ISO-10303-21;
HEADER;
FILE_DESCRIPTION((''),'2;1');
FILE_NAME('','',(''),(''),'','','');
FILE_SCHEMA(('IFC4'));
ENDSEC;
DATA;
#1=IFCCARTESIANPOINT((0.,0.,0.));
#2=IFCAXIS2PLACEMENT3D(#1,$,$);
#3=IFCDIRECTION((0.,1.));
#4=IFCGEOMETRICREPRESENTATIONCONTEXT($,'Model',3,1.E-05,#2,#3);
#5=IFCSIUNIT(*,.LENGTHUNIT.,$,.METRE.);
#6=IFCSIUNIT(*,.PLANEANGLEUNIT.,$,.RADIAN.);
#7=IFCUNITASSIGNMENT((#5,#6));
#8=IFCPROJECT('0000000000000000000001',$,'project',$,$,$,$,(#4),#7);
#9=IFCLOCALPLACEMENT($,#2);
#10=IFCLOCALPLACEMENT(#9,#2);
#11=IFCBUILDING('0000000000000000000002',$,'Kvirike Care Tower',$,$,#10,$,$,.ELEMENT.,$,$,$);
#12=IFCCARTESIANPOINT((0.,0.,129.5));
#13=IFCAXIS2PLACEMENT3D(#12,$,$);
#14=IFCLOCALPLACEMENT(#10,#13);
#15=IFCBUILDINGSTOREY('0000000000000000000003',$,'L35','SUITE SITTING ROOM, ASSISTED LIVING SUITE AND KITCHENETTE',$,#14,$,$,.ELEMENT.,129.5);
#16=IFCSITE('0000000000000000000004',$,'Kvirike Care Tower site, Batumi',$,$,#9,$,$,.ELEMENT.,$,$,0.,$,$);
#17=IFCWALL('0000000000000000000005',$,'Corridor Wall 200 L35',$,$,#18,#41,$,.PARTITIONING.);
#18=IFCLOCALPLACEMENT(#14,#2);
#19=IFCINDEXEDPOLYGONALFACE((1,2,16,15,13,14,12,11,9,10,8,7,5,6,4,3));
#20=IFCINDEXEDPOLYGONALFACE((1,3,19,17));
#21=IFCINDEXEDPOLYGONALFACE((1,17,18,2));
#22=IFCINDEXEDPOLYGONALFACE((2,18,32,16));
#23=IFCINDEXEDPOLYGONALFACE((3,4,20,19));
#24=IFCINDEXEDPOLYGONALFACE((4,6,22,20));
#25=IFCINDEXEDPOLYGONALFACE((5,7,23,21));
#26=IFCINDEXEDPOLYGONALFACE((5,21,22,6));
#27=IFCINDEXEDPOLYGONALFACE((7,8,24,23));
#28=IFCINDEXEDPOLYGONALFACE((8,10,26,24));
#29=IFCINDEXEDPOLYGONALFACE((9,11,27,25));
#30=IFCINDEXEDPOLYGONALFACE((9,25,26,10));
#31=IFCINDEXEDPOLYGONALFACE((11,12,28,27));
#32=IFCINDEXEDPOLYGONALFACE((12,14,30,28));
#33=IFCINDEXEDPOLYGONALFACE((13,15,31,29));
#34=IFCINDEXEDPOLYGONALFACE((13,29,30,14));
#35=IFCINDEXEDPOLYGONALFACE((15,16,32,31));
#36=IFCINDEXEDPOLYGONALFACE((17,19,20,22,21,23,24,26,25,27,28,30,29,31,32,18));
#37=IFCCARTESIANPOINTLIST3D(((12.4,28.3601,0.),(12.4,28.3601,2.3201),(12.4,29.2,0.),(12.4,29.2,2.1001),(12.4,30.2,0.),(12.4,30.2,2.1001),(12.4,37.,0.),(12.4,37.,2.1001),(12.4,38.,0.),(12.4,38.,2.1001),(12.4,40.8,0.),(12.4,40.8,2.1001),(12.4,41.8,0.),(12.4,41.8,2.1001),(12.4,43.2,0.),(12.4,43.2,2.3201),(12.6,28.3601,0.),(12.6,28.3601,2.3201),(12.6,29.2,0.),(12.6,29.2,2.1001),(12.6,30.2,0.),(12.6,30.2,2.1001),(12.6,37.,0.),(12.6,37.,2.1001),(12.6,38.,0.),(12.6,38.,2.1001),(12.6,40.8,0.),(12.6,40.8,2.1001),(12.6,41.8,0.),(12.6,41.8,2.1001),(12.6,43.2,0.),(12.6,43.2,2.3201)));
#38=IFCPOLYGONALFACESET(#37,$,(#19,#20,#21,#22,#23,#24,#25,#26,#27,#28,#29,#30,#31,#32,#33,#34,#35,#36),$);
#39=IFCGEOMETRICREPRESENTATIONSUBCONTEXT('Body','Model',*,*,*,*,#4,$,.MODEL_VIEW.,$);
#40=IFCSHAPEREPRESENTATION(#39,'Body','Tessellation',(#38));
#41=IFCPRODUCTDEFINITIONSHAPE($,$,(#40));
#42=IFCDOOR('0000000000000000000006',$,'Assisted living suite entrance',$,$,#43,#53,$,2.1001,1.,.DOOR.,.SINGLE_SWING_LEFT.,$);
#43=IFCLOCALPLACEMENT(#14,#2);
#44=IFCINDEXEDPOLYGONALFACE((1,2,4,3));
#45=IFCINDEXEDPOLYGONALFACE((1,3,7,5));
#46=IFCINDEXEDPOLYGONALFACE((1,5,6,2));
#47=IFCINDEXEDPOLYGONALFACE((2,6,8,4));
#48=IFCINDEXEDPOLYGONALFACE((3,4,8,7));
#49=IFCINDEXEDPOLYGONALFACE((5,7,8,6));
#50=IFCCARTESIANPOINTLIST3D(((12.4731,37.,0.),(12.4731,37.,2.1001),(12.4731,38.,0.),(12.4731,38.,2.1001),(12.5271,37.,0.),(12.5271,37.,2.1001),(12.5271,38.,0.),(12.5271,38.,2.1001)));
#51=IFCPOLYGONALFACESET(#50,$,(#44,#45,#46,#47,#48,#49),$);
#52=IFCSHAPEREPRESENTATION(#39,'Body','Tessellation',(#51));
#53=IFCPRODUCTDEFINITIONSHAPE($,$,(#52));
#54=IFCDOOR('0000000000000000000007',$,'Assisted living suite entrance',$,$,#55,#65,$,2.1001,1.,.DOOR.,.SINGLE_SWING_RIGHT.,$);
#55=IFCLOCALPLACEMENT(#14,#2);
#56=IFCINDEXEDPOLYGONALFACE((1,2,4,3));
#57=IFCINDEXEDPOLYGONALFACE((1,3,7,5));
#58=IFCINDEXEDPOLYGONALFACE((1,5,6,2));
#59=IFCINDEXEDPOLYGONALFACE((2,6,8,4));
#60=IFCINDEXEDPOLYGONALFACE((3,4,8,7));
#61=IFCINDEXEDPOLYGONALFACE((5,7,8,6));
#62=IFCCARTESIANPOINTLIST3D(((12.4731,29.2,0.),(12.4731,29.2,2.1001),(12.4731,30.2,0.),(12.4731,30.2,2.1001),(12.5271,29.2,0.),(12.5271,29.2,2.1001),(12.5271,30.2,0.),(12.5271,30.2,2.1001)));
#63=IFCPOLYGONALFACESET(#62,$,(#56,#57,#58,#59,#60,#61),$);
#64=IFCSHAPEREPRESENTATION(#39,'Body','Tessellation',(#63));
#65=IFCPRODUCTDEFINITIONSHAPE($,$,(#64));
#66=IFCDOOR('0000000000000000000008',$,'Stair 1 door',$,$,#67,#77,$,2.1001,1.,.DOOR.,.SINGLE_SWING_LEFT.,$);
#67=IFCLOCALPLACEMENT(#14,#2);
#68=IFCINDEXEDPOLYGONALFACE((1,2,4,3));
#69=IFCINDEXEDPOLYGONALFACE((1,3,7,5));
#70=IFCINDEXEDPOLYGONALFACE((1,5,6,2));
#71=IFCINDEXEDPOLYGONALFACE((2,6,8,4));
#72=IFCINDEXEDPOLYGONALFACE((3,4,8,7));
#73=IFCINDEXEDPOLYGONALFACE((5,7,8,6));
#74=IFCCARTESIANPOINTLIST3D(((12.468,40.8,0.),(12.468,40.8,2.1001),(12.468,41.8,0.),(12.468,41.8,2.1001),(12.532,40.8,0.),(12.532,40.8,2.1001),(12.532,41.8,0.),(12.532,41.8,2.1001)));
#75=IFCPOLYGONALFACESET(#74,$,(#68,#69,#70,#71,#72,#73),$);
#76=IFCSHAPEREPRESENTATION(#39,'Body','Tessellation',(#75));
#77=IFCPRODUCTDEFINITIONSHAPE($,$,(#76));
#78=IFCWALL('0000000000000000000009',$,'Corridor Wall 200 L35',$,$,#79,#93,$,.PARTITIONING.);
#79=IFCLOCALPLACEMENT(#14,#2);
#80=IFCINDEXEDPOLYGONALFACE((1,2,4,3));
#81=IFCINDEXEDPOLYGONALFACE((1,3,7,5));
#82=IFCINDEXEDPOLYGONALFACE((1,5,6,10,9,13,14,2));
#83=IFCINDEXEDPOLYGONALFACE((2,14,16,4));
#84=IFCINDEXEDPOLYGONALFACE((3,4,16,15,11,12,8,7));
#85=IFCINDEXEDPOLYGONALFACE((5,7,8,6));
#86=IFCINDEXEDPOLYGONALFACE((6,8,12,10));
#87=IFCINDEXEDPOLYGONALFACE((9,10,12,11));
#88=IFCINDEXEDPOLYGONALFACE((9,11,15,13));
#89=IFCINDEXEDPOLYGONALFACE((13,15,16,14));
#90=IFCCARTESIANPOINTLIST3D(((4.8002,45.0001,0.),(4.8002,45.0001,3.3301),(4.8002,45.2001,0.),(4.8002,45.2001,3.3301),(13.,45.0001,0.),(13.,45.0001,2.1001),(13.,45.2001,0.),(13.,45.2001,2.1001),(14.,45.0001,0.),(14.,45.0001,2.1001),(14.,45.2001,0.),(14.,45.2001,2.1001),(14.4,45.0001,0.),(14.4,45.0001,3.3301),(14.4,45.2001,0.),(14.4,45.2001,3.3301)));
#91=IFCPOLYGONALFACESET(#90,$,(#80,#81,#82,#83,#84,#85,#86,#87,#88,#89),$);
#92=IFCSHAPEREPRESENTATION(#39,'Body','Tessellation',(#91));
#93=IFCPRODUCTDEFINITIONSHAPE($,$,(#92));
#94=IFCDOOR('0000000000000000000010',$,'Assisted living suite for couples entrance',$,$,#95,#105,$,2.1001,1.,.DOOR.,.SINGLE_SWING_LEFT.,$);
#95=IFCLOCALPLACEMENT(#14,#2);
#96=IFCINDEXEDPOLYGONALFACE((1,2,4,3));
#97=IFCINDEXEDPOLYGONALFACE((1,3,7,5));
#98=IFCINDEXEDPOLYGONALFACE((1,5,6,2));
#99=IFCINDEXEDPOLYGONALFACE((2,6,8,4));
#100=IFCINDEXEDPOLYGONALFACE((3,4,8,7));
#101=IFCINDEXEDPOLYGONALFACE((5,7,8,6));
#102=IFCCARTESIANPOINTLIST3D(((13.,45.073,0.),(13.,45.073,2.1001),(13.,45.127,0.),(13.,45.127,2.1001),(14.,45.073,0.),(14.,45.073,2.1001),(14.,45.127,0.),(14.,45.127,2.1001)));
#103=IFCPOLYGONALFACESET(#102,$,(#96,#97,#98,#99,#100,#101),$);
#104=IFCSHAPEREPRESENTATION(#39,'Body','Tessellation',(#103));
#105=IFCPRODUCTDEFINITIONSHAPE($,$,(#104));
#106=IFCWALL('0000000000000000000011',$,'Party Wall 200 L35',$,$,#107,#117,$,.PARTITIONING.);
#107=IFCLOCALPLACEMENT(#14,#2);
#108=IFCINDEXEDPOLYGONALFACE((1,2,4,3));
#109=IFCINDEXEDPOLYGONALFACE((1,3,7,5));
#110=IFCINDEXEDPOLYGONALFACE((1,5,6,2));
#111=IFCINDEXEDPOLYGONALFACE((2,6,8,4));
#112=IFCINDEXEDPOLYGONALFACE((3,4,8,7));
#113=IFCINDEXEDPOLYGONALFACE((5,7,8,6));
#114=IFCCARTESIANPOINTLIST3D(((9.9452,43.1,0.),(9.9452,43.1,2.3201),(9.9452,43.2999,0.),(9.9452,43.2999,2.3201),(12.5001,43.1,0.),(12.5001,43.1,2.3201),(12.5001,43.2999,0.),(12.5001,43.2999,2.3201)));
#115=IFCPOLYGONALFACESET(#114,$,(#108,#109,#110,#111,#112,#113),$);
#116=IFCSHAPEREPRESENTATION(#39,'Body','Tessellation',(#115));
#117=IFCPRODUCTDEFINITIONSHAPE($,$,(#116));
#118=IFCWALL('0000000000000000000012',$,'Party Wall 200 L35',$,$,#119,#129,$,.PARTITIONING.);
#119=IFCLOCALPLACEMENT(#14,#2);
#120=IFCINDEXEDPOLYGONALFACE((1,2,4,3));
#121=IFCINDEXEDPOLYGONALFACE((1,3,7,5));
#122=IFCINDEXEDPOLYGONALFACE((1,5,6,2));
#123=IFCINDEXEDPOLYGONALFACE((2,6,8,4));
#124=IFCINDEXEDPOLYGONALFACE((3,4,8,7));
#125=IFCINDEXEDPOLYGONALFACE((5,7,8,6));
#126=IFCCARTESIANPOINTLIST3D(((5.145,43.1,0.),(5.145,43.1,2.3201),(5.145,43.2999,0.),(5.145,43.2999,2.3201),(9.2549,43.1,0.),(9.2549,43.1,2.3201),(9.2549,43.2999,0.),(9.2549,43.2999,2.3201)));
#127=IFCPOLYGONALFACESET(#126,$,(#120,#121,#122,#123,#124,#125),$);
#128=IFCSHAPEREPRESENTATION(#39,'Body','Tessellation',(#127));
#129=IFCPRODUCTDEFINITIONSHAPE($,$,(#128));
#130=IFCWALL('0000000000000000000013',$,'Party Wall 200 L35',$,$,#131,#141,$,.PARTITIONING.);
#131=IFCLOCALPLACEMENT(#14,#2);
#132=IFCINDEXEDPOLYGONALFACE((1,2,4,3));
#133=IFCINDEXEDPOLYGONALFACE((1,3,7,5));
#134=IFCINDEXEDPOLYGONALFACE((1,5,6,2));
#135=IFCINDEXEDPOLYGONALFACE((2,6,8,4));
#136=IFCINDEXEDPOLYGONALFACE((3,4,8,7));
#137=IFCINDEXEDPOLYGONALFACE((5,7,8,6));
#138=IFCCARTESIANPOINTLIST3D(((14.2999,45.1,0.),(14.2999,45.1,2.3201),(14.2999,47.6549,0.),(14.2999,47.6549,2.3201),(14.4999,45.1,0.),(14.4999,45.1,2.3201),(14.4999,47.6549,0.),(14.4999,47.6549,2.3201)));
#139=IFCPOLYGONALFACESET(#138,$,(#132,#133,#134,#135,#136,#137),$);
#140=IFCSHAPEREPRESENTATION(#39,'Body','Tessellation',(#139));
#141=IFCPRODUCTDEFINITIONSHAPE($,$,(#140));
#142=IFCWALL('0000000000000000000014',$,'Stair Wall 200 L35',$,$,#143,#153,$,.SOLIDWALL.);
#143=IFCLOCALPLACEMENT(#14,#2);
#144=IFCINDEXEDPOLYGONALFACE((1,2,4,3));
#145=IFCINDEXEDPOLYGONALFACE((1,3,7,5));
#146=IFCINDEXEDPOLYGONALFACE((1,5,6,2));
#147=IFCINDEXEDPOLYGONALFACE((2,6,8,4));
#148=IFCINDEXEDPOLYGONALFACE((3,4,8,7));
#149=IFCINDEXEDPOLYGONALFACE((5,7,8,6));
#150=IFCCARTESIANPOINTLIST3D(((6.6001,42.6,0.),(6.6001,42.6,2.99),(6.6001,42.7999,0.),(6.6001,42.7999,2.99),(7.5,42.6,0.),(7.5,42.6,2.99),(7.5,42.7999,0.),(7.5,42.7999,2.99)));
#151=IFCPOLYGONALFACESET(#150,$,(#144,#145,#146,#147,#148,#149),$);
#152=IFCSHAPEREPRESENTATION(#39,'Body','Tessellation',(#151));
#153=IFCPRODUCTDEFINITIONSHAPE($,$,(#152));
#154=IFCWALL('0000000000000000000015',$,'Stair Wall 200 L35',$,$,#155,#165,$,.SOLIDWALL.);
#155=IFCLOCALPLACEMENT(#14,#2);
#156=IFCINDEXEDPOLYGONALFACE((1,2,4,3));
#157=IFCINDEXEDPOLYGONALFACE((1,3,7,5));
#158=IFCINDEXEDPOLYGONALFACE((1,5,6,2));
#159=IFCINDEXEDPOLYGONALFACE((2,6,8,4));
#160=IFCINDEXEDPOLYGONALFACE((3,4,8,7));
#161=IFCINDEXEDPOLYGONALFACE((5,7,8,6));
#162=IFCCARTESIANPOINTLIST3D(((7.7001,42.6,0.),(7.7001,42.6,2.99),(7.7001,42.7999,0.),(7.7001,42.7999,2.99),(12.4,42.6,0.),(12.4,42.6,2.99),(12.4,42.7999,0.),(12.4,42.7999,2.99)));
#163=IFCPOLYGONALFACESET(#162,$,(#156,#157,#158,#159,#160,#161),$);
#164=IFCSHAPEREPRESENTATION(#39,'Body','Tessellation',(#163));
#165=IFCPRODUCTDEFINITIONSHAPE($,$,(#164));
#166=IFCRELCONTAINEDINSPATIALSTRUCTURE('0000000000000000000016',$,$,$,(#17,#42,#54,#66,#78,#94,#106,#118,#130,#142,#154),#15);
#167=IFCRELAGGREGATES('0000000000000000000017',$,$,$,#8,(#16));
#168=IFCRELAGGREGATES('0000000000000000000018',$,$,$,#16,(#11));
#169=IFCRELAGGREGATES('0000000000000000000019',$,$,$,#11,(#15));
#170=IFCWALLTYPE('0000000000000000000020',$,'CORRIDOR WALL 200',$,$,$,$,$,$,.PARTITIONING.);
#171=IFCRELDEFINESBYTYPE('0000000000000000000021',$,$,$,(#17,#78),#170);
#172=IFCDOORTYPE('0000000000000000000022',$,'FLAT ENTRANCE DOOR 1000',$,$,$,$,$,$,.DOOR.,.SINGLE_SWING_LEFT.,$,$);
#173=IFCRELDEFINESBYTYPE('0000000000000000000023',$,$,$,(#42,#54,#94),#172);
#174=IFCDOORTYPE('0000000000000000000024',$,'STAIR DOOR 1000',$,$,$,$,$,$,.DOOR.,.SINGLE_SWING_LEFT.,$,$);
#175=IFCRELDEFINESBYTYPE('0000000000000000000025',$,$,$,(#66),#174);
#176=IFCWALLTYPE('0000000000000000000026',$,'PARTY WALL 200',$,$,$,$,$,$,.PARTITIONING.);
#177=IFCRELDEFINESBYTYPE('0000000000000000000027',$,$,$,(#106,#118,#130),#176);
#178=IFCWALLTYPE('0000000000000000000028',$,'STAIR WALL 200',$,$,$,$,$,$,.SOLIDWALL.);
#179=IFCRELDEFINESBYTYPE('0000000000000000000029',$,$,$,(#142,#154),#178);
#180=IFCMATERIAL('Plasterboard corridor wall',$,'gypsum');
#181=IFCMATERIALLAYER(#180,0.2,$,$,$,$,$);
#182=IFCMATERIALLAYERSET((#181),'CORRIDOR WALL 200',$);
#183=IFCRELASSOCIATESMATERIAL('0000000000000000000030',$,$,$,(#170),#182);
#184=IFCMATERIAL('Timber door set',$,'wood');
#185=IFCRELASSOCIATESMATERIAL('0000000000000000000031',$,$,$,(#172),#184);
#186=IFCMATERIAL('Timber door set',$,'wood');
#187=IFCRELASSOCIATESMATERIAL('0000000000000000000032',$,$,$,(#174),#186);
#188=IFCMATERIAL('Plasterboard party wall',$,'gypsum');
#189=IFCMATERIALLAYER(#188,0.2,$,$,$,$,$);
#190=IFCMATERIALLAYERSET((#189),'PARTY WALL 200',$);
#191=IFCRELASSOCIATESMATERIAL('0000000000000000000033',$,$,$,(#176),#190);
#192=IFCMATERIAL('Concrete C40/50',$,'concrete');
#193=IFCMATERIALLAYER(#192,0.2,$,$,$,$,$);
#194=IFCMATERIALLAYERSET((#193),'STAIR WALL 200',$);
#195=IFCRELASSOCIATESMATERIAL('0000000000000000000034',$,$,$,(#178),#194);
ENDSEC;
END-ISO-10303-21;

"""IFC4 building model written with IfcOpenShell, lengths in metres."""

from ifc_helpers import new_model, si_unit, direction, frame, frame_2d, origin, place, context, subcontext, project, spatial, rectangle, extrude, material, layer, layer_set, type_object, element, fill, save


model = new_model("IFC4")

# Units and contexts
model_context = context("Model", 3, precision=1e-05, world=origin(), true_north=direction((0.0, 1.0)))
body_context = subcontext(model_context, "Body", "Model", "MODEL_VIEW")
ifc_project = project(units=[si_unit("LENGTHUNIT", "METRE"), si_unit("PLANEANGLEUNIT", "RADIAN")], contexts=[model_context])

# Site, building, storey
site_placement = place(None, origin())
site = spatial("IfcSite", under=ifc_project, at=site_placement, Name="Kvirike Care Tower site, Batumi", CompositionType="ELEMENT", RefElevation=0.0)
building_placement = place(site_placement, origin())
building = spatial("IfcBuilding", under=site, at=building_placement, Name="Kvirike Care Tower", CompositionType="ELEMENT")
storey_placement = place(building_placement, frame((0.0, 0.0, 129.5)))
storey = spatial("IfcBuildingStorey", under=building, at=storey_placement, Name="L35", Description="SUITE SITTING ROOM, ASSISTED LIVING SUITE AND KITCHENETTE", CompositionType="ELEMENT", Elevation=129.5)

# Wall, openings, doors
ifc_material_1 = material(Name="Plasterboard corridor wall", Category="gypsum")
ifc_layer_1 = layer(ifc_material_1, 0.2)
ifc_layer_set_1 = layer_set([ifc_layer_1], Name="CORRIDOR WALL 200")
wall_type_1 = type_object("IfcWallType", Name="CORRIDOR WALL 200", PredefinedType="PARTITIONING", material=ifc_layer_set_1)
wall_1_placement = place(storey_placement, frame((12.5, 43.2, 0.0), z_axis=(0.0, 0.0, 1.0), x_axis=(0.0, -1.0, 0.0)))
wall_1 = element("IfcWall", 1, at=wall_1_placement, inside=storey, type_object=wall_type_1, Name="Corridor Wall 200 L35", PredefinedType="PARTITIONING", context=body_context, shape_type="SweptSolid", body=[
    extrude(rectangle(XDim=14.8398, YDim=0.2, at=frame_2d((7.4199, 0.0))), origin(), (0.0, 0.0, 1.0), 2.3201),
])
opening_1_placement = place(wall_1_placement, frame((1.3999, 0.0, 0.0)))
opening_1 = element("IfcOpeningElement", 2, at=opening_1_placement, cuts=wall_1, PredefinedType="OPENING", context=body_context, shape_type="SweptSolid", body=[
    extrude(rectangle(XDim=1.0, YDim=2.1001, at=frame_2d((0.5, 1.05))), frame((0.0, 0.1106, 0.0), z_axis=(0.0, -1.0, 0.0), x_axis=(1.0, 0.0, 0.0)), (0.0, 0.0, 1.0), 0.2209),
])
opening_2_placement = place(wall_1_placement, frame((5.2, 0.0, 0.0)))
opening_2 = element("IfcOpeningElement", 3, at=opening_2_placement, cuts=wall_1, PredefinedType="OPENING", context=body_context, shape_type="SweptSolid", body=[
    extrude(rectangle(XDim=1.0, YDim=2.1001, at=frame_2d((0.5, 1.05))), frame((0.0, 0.1106, 0.0), z_axis=(0.0, -1.0, 0.0), x_axis=(1.0, 0.0, 0.0)), (0.0, 0.0, 1.0), 0.2209),
])
opening_3_placement = place(wall_1_placement, frame((13.0, 0.0, 0.0)))
opening_3 = element("IfcOpeningElement", 4, at=opening_3_placement, cuts=wall_1, PredefinedType="OPENING", context=body_context, shape_type="SweptSolid", body=[
    extrude(rectangle(XDim=1.0, YDim=2.1001, at=frame_2d((0.5, 1.05))), frame((0.0, 0.1106, 0.0), z_axis=(0.0, -1.0, 0.0), x_axis=(1.0, 0.0, 0.0)), (0.0, 0.0, 1.0), 0.2209),
])
ifc_material_2 = material(Name="Timber door set", Category="wood")
door_type_1 = type_object("IfcDoorType", Name="FLAT ENTRANCE DOOR 1000", OperationType="SINGLE_SWING_LEFT", PredefinedType="DOOR", material=ifc_material_2)
door_1_placement = place(opening_2_placement, frame((1.0, 0.0, 0.0), z_axis=(0.0, 0.0, 1.0), x_axis=(-1.0, 0.0, 0.0)))
door_1 = element("IfcDoor", 5, at=door_1_placement, inside=storey, type_object=door_type_1, Name="Assisted living suite entrance", OperationType="SINGLE_SWING_LEFT", OverallHeight=2.1001, OverallWidth=1.0, PredefinedType="DOOR", context=body_context, shape_type="SweptSolid", body=[
    extrude(rectangle(XDim=1.0, YDim=2.1001, at=frame_2d((0.5, 1.05))), frame((0.0, 0.0269, 0.0), z_axis=(0.0, -1.0, 0.0), x_axis=(1.0, 0.0, 0.0)), (0.0, 0.0, 1.0), 0.054),
])
fill(opening_2, door_1)
door_2_placement = place(opening_3_placement, frame((1.0, 0.0, 0.0), z_axis=(0.0, 0.0, 1.0), x_axis=(-1.0, 0.0, 0.0)))
door_2 = element("IfcDoor", 6, at=door_2_placement, inside=storey, type_object=door_type_1, Name="Assisted living suite entrance", OperationType="SINGLE_SWING_RIGHT", OverallHeight=2.1001, OverallWidth=1.0, PredefinedType="DOOR", context=body_context, shape_type="SweptSolid", body=[
    extrude(rectangle(XDim=1.0, YDim=2.1001, at=frame_2d((0.5, 1.05))), frame((0.0, 0.0269, 0.0), z_axis=(0.0, -1.0, 0.0), x_axis=(1.0, 0.0, 0.0)), (0.0, 0.0, 1.0), 0.054),
])
fill(opening_3, door_2)
ifc_material_3 = material(Name="Timber door set", Category="wood")
door_type_2 = type_object("IfcDoorType", Name="STAIR DOOR 1000", OperationType="SINGLE_SWING_LEFT", PredefinedType="DOOR", material=ifc_material_3)
door_3_placement = place(opening_1_placement, frame((1.0, 0.0, 0.0), z_axis=(0.0, 0.0, 1.0), x_axis=(-1.0, 0.0, 0.0)))
door_3 = element("IfcDoor", 7, at=door_3_placement, inside=storey, type_object=door_type_2, Name="Stair 1 door", OperationType="SINGLE_SWING_LEFT", OverallHeight=2.1001, OverallWidth=1.0, PredefinedType="DOOR", context=body_context, shape_type="SweptSolid", body=[
    extrude(rectangle(XDim=1.0, YDim=2.1001, at=frame_2d((0.5, 1.05))), frame((0.0, 0.032, 0.0), z_axis=(0.0, -1.0, 0.0), x_axis=(1.0, 0.0, 0.0)), (0.0, 0.0, 1.0), 0.064),
])
fill(opening_1, door_3)

# Wall, opening, door
wall_2_placement = place(storey_placement, frame((14.3999, 45.1001, 0.0), z_axis=(0.0, 0.0, 1.0), x_axis=(-1.0, 0.0, 0.0)))
wall_2 = element("IfcWall", 8, at=wall_2_placement, inside=storey, type_object=wall_type_1, Name="Corridor Wall 200 L35", PredefinedType="PARTITIONING", context=body_context, shape_type="SweptSolid", body=[
    extrude(rectangle(XDim=9.5999, YDim=0.2, at=frame_2d((4.7998, 0.0))), origin(), (0.0, 0.0, 1.0), 3.3301),
])
opening_4_placement = place(wall_2_placement, frame((0.3999, 0.0, 0.0)))
opening_4 = element("IfcOpeningElement", 9, at=opening_4_placement, cuts=wall_2, PredefinedType="OPENING", context=body_context, shape_type="SweptSolid", body=[
    extrude(rectangle(XDim=1.0, YDim=2.1001, at=frame_2d((0.5, 1.05))), frame((0.0, 0.1106, 0.0), z_axis=(0.0, -1.0, 0.0), x_axis=(1.0, 0.0, 0.0)), (0.0, 0.0, 1.0), 0.2209),
])
door_4_placement = place(opening_4_placement, frame((1.0, 0.0, 0.0), z_axis=(0.0, 0.0, 1.0), x_axis=(-1.0, 0.0, 0.0)))
door_4 = element("IfcDoor", 10, at=door_4_placement, inside=storey, type_object=door_type_1, Name="Assisted living suite for couples entrance", OperationType="SINGLE_SWING_LEFT", OverallHeight=2.1001, OverallWidth=1.0, PredefinedType="DOOR", context=body_context, shape_type="SweptSolid", body=[
    extrude(rectangle(XDim=1.0, YDim=2.1001, at=frame_2d((0.5, 1.05))), frame((0.0, 0.0269, 0.0), z_axis=(0.0, -1.0, 0.0), x_axis=(1.0, 0.0, 0.0)), (0.0, 0.0, 1.0), 0.054),
])
fill(opening_4, door_4)

# Walls
ifc_material_4 = material(Name="Plasterboard party wall", Category="gypsum")
ifc_layer_2 = layer(ifc_material_4, 0.2)
ifc_layer_set_2 = layer_set([ifc_layer_2], Name="PARTY WALL 200")
wall_type_2 = type_object("IfcWallType", Name="PARTY WALL 200", PredefinedType="PARTITIONING", material=ifc_layer_set_2)
wall_3_placement = place(storey_placement, frame((12.5, 43.2, 0.0), z_axis=(0.0, 0.0, 1.0), x_axis=(-1.0, 0.0, 0.0)))
element("IfcWall", 11, at=wall_3_placement, inside=storey, type_object=wall_type_2, Name="Party Wall 200 L35", PredefinedType="PARTITIONING", context=body_context, shape_type="SweptSolid", body=[
    extrude(rectangle(XDim=2.5549, YDim=0.2, at=frame_2d((1.2773, 0.0))), origin(), (0.0, 0.0, 1.0), 2.3201),
])
wall_4_placement = place(storey_placement, frame((9.2549, 43.2, 0.0), z_axis=(0.0, 0.0, 1.0), x_axis=(-1.0, 0.0, 0.0)))
element("IfcWall", 12, at=wall_4_placement, inside=storey, type_object=wall_type_2, Name="Party Wall 200 L35", PredefinedType="PARTITIONING", context=body_context, shape_type="SweptSolid", body=[
    extrude(rectangle(XDim=4.1099, YDim=0.2, at=frame_2d((2.0549, 0.0))), origin(), (0.0, 0.0, 1.0), 2.3201),
])
wall_5_placement = place(storey_placement, frame((14.3999, 45.1001, 0.0), z_axis=(0.0, 0.0, 1.0), x_axis=(0.0, 1.0, 0.0)))
element("IfcWall", 13, at=wall_5_placement, inside=storey, type_object=wall_type_2, Name="Party Wall 200 L35", PredefinedType="PARTITIONING", context=body_context, shape_type="SweptSolid", body=[
    extrude(rectangle(XDim=2.5549, YDim=0.2, at=frame_2d((1.2773, 0.0))), origin(), (0.0, 0.0, 1.0), 2.3201),
])
ifc_material_5 = material(Name="Concrete C40/50", Category="concrete")
ifc_layer_3 = layer(ifc_material_5, 0.2)
ifc_layer_set_3 = layer_set([ifc_layer_3], Name="STAIR WALL 200")
wall_type_3 = type_object("IfcWallType", Name="STAIR WALL 200", PredefinedType="SOLIDWALL", material=ifc_layer_set_3)
wall_6_placement = place(storey_placement, frame((6.6001, 42.7, 0.0), z_axis=(0.0, 0.0, 1.0), x_axis=(1.0, 0.0, 0.0)))
element("IfcWall", 14, at=wall_6_placement, inside=storey, type_object=wall_type_3, Name="Stair Wall 200 L35", PredefinedType="SOLIDWALL", context=body_context, shape_type="SweptSolid", body=[
    extrude(rectangle(XDim=0.8999, YDim=0.2, at=frame_2d((0.45, 0.0))), origin(), (0.0, 0.0, 1.0), 2.99),
])
wall_7_placement = place(storey_placement, frame((7.7, 42.7, 0.0), z_axis=(0.0, 0.0, 1.0), x_axis=(1.0, 0.0, 0.0)))
element("IfcWall", 15, at=wall_7_placement, inside=storey, type_object=wall_type_3, Name="Stair Wall 200 L35", PredefinedType="SOLIDWALL", context=body_context, shape_type="SweptSolid", body=[
    extrude(rectangle(XDim=4.7, YDim=0.2, at=frame_2d((2.3501, 0.0))), origin(), (0.0, 0.0, 1.0), 2.99),
])

save(model, "model.ifc")
